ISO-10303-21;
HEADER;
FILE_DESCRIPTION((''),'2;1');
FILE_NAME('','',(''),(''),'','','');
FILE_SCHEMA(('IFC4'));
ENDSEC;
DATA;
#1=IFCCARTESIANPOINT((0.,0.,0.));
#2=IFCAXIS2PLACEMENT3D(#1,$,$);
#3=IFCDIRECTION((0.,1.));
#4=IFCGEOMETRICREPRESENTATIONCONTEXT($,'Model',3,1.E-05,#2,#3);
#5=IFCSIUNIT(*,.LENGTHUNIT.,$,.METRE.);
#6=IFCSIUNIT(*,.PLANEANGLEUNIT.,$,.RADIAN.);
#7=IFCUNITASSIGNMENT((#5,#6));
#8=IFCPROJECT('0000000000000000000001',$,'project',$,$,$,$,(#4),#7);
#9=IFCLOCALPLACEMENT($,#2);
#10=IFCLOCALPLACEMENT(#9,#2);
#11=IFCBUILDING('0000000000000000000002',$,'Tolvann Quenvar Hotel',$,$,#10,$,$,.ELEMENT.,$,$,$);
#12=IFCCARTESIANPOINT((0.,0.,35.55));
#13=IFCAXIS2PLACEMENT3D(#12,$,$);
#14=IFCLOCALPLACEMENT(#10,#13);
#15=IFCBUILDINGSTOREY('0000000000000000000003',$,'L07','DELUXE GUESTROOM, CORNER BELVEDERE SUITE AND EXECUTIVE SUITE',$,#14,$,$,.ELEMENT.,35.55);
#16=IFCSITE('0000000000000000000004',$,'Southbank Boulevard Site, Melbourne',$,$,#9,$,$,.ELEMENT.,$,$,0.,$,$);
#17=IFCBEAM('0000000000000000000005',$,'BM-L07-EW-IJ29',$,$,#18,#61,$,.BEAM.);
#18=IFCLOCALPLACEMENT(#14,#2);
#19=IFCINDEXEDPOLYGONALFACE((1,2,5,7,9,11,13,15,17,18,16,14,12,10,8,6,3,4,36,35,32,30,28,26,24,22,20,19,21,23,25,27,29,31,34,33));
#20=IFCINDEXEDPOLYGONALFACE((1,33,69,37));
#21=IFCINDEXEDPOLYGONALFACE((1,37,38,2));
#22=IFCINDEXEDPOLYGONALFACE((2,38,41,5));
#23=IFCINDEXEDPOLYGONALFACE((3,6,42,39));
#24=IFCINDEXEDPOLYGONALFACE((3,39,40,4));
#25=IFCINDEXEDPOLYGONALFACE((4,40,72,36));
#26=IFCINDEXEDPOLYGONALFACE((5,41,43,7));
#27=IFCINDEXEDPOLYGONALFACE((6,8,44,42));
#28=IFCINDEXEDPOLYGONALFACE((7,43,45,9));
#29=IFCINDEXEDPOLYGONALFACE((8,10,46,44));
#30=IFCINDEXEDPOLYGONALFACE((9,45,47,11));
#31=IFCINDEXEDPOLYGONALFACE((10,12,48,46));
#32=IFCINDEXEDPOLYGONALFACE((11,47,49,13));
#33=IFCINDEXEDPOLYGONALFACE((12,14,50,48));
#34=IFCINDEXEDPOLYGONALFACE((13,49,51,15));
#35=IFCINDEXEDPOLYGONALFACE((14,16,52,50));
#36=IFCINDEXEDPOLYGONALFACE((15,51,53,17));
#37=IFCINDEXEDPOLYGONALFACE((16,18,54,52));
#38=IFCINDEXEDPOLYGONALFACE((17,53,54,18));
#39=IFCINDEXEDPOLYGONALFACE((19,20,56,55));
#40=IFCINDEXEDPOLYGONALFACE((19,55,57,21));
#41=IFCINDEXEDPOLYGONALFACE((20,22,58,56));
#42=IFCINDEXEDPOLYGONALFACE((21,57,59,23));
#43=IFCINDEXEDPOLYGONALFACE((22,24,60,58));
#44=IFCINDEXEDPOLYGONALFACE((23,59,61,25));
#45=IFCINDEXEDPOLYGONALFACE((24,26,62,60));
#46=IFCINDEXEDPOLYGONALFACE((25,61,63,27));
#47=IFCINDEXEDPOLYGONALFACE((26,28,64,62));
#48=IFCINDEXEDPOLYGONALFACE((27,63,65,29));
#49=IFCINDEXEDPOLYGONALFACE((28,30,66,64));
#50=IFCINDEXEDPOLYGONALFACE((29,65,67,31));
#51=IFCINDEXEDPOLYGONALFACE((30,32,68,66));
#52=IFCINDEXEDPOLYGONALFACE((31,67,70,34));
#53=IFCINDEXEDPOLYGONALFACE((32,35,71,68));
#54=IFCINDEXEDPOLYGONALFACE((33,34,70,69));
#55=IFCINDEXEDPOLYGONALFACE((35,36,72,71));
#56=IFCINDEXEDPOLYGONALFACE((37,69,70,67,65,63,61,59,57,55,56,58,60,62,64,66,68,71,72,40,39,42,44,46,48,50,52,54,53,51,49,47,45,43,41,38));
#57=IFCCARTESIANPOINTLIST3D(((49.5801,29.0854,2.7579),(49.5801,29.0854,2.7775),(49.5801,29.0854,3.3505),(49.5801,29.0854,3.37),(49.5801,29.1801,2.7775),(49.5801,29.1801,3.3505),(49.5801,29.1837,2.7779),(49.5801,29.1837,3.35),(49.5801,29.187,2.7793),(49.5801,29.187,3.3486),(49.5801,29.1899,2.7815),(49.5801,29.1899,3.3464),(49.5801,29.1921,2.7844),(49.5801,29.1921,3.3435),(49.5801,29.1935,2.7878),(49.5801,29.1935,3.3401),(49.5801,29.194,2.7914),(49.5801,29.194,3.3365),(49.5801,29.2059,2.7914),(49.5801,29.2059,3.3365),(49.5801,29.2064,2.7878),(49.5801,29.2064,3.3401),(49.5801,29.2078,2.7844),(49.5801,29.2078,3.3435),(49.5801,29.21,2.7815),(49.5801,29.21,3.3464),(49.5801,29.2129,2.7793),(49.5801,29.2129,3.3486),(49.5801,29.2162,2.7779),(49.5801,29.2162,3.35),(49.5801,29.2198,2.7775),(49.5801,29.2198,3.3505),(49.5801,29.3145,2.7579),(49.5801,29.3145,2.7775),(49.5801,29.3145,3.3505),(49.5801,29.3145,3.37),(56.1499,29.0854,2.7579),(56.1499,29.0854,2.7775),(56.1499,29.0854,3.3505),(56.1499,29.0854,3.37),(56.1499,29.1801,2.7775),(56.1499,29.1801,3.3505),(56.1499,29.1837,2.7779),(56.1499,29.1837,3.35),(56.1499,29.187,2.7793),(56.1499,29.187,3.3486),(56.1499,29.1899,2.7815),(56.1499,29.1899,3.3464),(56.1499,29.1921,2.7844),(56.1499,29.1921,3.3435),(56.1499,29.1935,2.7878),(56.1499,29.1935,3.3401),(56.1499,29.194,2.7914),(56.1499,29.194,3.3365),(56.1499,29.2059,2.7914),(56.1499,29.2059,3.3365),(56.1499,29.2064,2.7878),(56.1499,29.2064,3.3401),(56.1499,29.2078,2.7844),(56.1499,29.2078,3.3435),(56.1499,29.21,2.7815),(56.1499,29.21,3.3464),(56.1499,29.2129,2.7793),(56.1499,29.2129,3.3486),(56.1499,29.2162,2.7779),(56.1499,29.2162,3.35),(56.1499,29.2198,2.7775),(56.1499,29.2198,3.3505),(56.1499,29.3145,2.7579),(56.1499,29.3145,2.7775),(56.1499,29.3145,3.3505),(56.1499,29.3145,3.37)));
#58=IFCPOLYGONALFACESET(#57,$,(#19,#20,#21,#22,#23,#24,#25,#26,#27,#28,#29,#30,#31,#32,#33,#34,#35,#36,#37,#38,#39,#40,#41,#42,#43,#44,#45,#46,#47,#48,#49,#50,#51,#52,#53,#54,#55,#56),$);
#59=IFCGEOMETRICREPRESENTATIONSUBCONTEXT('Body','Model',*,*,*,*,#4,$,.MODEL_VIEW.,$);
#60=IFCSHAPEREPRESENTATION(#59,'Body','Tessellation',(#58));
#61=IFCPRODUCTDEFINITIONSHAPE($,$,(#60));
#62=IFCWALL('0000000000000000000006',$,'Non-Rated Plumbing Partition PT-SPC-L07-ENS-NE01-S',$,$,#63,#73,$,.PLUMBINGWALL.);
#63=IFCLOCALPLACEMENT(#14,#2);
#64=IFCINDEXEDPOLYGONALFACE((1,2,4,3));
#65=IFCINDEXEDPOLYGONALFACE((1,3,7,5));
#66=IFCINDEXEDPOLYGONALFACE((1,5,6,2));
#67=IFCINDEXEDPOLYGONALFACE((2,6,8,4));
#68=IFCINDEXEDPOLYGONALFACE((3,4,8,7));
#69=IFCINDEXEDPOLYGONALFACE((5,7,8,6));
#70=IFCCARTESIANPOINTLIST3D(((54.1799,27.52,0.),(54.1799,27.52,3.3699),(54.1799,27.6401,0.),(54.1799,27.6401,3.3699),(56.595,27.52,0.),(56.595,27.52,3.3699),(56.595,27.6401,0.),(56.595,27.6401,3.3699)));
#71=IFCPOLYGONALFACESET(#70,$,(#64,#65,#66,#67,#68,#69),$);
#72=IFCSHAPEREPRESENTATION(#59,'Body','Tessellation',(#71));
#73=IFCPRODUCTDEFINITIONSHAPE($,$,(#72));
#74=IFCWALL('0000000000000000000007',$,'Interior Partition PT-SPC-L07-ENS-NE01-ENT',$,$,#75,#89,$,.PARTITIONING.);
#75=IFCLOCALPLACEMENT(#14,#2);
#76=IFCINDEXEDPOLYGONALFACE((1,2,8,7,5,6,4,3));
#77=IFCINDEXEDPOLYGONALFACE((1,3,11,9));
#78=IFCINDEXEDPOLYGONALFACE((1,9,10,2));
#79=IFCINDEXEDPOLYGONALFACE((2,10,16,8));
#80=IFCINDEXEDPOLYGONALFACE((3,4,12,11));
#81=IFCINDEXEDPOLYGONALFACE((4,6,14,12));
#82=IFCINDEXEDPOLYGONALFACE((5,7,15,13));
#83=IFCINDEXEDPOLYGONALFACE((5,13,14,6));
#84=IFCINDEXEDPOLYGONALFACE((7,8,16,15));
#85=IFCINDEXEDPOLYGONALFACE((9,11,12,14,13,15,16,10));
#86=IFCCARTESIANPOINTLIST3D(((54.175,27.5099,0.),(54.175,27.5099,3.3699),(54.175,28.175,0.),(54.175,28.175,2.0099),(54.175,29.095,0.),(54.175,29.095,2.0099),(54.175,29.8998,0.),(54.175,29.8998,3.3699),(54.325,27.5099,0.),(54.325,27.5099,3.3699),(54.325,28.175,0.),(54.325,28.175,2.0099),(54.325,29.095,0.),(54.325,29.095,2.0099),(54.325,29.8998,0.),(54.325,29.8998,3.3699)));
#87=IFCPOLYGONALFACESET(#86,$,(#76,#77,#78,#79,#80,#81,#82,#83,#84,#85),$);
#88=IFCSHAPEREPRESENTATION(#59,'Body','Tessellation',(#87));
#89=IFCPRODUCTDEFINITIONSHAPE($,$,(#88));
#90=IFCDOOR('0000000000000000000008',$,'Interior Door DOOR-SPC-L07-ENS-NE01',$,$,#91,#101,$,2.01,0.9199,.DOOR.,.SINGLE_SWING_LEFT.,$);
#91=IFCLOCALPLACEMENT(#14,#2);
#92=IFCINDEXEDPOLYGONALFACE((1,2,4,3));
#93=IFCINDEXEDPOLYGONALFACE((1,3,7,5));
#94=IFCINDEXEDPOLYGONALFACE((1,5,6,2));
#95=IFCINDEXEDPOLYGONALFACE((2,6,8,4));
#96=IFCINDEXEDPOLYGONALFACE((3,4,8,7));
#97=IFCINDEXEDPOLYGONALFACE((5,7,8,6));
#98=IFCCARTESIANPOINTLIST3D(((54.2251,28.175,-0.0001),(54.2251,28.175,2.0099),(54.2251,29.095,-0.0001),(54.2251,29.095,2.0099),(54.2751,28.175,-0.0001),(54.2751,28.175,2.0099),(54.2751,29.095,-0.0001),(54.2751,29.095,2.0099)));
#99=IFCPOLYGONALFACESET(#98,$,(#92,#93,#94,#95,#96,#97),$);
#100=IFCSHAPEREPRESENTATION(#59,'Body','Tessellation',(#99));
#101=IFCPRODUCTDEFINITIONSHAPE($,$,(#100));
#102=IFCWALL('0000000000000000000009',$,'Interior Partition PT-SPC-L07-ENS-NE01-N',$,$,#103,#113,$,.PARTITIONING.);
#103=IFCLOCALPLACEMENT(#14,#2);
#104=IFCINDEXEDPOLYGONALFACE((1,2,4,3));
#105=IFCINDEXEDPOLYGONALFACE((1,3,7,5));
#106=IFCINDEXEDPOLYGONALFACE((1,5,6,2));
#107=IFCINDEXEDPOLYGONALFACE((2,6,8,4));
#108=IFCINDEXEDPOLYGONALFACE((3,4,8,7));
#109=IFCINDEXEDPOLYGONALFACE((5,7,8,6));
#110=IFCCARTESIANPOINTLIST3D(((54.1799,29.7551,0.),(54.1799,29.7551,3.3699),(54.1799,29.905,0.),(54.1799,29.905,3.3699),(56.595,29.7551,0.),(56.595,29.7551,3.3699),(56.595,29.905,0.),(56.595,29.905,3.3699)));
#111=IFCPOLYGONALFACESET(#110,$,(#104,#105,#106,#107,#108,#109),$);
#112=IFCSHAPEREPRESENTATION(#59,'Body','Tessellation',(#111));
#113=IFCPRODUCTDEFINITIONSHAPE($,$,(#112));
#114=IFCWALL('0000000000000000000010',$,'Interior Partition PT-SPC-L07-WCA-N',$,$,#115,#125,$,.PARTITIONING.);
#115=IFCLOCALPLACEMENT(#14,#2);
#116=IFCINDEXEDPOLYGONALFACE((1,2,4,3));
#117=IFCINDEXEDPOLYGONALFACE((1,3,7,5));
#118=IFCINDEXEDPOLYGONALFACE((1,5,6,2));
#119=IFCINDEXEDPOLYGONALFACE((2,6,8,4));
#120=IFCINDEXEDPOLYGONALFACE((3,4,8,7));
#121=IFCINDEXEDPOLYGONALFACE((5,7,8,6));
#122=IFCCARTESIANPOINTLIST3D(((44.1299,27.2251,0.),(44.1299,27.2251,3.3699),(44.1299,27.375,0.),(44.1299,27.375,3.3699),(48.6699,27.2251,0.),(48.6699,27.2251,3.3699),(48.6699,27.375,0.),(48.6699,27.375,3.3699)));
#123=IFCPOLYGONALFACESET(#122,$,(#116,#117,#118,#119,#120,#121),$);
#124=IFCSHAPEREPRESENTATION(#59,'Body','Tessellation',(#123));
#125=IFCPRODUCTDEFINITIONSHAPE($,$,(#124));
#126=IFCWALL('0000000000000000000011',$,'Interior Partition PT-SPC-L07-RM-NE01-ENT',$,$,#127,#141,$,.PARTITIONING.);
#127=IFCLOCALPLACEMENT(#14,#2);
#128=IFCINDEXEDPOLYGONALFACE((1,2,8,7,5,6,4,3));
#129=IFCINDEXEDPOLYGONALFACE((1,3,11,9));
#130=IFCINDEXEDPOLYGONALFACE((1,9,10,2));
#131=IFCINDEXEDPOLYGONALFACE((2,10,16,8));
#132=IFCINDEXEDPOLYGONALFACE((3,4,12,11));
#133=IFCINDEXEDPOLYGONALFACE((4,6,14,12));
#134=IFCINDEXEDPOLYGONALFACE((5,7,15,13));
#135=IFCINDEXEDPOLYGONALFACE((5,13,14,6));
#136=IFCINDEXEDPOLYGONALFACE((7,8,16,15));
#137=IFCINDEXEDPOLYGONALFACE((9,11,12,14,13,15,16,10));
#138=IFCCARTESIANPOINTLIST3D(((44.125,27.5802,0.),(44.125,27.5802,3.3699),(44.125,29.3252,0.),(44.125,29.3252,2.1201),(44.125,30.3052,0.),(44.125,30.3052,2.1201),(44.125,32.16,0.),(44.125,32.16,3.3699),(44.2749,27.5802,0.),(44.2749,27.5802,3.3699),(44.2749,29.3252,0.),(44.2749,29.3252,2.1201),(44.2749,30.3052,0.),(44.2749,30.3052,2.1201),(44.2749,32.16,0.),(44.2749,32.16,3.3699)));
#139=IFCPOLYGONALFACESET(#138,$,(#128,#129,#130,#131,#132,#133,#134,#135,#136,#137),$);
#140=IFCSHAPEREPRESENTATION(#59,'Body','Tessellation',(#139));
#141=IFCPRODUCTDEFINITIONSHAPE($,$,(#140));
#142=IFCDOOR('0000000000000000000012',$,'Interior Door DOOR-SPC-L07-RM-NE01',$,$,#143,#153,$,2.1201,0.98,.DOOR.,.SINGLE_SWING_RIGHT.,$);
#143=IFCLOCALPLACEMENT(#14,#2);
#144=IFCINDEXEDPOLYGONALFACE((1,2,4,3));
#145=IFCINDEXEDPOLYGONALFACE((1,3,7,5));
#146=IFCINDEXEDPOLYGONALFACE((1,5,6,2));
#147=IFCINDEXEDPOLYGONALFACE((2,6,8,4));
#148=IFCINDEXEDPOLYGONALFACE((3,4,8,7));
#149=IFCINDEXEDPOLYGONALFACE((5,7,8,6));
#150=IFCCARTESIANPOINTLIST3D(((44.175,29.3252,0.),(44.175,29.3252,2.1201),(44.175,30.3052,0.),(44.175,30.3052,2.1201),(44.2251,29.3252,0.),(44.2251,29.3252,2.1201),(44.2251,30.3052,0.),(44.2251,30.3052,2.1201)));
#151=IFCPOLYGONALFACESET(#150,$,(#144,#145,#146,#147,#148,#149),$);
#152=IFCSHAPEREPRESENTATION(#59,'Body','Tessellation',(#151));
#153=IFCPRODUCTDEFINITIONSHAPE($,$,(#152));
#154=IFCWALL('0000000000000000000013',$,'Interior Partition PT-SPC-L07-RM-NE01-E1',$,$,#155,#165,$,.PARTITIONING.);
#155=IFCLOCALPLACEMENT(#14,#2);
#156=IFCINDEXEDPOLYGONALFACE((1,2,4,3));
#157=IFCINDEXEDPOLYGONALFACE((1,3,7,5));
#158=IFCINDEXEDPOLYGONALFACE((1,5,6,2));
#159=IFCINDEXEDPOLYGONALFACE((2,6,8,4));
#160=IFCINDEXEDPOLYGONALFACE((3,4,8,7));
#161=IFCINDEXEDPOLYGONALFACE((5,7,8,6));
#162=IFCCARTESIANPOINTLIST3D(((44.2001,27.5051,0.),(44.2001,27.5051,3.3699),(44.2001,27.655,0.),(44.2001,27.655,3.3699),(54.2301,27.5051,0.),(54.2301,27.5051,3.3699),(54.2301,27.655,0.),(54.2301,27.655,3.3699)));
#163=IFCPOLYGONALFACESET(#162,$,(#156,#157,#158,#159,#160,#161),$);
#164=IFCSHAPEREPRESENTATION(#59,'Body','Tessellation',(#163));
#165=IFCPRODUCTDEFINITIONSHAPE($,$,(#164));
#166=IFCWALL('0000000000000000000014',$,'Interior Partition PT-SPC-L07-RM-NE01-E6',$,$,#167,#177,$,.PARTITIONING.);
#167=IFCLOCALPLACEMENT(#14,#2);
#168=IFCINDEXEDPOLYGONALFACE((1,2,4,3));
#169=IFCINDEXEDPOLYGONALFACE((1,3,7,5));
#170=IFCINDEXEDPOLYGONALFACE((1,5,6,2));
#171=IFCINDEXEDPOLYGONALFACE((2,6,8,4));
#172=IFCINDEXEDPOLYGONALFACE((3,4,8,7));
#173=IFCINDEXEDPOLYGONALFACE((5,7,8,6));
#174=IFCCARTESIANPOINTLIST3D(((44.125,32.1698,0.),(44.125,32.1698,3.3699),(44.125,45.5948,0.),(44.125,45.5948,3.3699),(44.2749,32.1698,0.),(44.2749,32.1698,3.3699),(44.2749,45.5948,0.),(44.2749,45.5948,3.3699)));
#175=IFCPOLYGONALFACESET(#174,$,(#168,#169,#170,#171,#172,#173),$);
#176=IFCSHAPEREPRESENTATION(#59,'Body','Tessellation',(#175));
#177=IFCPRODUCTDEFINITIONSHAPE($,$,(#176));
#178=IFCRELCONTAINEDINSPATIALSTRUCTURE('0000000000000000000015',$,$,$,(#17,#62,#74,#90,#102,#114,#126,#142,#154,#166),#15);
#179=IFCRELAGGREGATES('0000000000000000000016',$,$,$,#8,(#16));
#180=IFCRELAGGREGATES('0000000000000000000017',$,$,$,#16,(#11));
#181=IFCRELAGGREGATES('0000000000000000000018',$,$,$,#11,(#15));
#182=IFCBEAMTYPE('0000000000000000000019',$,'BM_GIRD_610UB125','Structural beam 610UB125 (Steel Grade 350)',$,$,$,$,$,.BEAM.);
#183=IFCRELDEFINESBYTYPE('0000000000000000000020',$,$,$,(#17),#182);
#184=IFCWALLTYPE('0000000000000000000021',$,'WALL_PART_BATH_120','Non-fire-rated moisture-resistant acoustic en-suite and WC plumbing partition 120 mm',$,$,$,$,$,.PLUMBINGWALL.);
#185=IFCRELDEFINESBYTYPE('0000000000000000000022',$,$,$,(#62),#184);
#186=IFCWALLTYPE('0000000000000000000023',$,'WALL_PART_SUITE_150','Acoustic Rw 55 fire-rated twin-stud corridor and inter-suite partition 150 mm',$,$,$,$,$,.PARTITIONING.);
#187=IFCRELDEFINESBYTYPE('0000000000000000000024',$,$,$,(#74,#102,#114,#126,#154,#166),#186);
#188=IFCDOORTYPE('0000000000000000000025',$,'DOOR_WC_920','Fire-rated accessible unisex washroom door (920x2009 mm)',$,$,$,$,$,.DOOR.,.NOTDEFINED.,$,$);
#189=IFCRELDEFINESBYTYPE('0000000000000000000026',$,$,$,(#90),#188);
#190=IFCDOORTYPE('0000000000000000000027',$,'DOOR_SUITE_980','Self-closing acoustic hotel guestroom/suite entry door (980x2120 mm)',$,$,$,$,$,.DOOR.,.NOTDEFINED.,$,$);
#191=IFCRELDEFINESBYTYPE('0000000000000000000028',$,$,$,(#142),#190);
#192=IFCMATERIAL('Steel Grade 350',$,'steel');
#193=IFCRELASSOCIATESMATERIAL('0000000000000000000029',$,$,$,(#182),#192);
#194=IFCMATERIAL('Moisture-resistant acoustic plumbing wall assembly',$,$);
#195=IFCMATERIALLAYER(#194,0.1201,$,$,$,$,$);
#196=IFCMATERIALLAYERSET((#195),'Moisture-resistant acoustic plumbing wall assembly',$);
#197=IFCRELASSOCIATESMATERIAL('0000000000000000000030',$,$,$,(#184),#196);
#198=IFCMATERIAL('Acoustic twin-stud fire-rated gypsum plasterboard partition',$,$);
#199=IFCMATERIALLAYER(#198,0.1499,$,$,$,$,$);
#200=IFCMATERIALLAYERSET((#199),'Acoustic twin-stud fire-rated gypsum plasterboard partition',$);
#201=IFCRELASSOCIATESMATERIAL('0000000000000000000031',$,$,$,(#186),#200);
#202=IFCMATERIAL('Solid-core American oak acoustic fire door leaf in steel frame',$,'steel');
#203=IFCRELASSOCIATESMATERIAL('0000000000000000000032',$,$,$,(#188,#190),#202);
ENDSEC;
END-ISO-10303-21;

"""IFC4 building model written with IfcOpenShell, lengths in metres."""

from ifc_helpers import new_model, si_unit, direction, frame, frame_2d, origin, origin_2d, place, context, subcontext, project, spatial, rectangle, i_section, extrude, source, transform, mapped, material, layer, layer_set, material_profile, profile_set, type_object, type_shapes, element, fill, save


model = new_model("IFC4")

# Units and contexts
model_context = context("Model", 3, precision=1e-05, world=origin(), true_north=direction((0.0, 1.0)))
body_context = subcontext(model_context, "Body", "Model", "MODEL_VIEW")
ifc_project = project(units=[si_unit("LENGTHUNIT", "METRE"), si_unit("PLANEANGLEUNIT", "RADIAN")], contexts=[model_context])

# Site, building, storey
site_placement = place(None, origin())
site = spatial("IfcSite", under=ifc_project, at=site_placement, Name="Southbank Boulevard Site, Melbourne", CompositionType="ELEMENT", RefElevation=0.0)
building_placement = place(site_placement, origin())
building = spatial("IfcBuilding", under=site, at=building_placement, Name="Tolvann Quenvar Hotel", CompositionType="ELEMENT")
storey_placement = place(building_placement, frame((0.0, 0.0, 35.55)))
storey = spatial("IfcBuildingStorey", under=building, at=storey_placement, Name="L07", Description="DELUXE GUESTROOM, CORNER BELVEDERE SUITE AND EXECUTIVE SUITE", CompositionType="ELEMENT", Elevation=35.55)

# Beam
ifc_material_1 = material(Name="Steel Grade 350", Category="steel")
ifc_material_profile_1 = material_profile(ifc_material_1, i_section(OverallWidth=0.229, OverallDepth=0.6121, WebThickness=0.012, FlangeThickness=0.0195, FilletRadius=0.0139, at=origin_2d()), Name="610UB125")
ifc_profile_set_1 = profile_set([ifc_material_profile_1], Name="Steel Grade 350")
beam_type_1 = type_object("IfcBeamType", Name="BM_GIRD_610UB125", Description="Structural beam 610UB125 (Steel Grade 350)", PredefinedType="BEAM", material=ifc_profile_set_1)
shared_shape_1 = source(origin(), body_context, "Body", "SweptSolid", [
    extrude(i_section(OverallWidth=0.229, OverallDepth=0.6121, WebThickness=0.012, FlangeThickness=0.0195, FilletRadius=0.0139, at=origin_2d()), origin(), (0.0, 0.0, 1.0), 6.5698),
])
beam_1_placement = place(storey_placement, frame((49.5801, 29.2, 3.064), z_axis=(1.0, 0.0, 0.0), x_axis=(0.0, 1.0, 0.0)))
element("IfcBeam", 1, at=beam_1_placement, inside=storey, type_object=beam_type_1, Name="BM-L07-EW-IJ29", PredefinedType="BEAM", context=body_context, shape_type="MappedRepresentation", body=[
    mapped(shared_shape_1, transform((0.0, 0.0, 0.0), x_axis=(1.0, 0.0, 0.0), y_axis=(0.0, 1.0, 0.0), z_axis=(0.0, 0.0, 1.0), scale=1.0)),
])

# Wall
ifc_material_2 = material(Name="Moisture-resistant acoustic plumbing wall assembly")
ifc_layer_1 = layer(ifc_material_2, 0.1201)
ifc_layer_set_1 = layer_set([ifc_layer_1], Name="Moisture-resistant acoustic plumbing wall assembly")
wall_type_1 = type_object("IfcWallType", Name="WALL_PART_BATH_120", Description="Non-fire-rated moisture-resistant acoustic en-suite and WC plumbing partition 120 mm", PredefinedType="PLUMBINGWALL", material=ifc_layer_set_1)
wall_1_placement = place(storey_placement, frame((54.1799, 27.5801, 0.0), z_axis=(0.0, 0.0, 1.0), x_axis=(1.0, 0.0, 0.0)))
element("IfcWall", 2, at=wall_1_placement, inside=storey, type_object=wall_type_1, Name="Non-Rated Plumbing Partition PT-SPC-L07-ENS-NE01-S", PredefinedType="PLUMBINGWALL", context=body_context, shape_type="SweptSolid", body=[
    extrude(rectangle(XDim=2.415, YDim=0.1201, at=frame_2d((1.2075, 0.0))), origin(), (0.0, 0.0, 1.0), 3.3699),
])

# Wall, opening, door
ifc_material_3 = material(Name="Acoustic twin-stud fire-rated gypsum plasterboard partition")
ifc_layer_2 = layer(ifc_material_3, 0.1499)
ifc_layer_set_2 = layer_set([ifc_layer_2], Name="Acoustic twin-stud fire-rated gypsum plasterboard partition")
wall_type_2 = type_object("IfcWallType", Name="WALL_PART_SUITE_150", Description="Acoustic Rw 55 fire-rated twin-stud corridor and inter-suite partition 150 mm", PredefinedType="PARTITIONING", material=ifc_layer_set_2)
wall_2_placement = place(storey_placement, frame((54.25, 27.51, 0.0), z_axis=(0.0, 0.0, 1.0), x_axis=(0.0, 1.0, 0.0)))
wall_2 = element("IfcWall", 3, at=wall_2_placement, inside=storey, type_object=wall_type_2, Name="Interior Partition PT-SPC-L07-ENS-NE01-ENT", PredefinedType="PARTITIONING", context=body_context, shape_type="SweptSolid", body=[
    extrude(rectangle(XDim=2.3899, YDim=0.1499, at=frame_2d((1.1948, 0.0))), origin(), (0.0, 0.0, 1.0), 3.3699),
])
opening_1_placement = place(wall_2_placement, frame((0.665, 0.0, 0.0)))
opening_1 = element("IfcOpeningElement", 4, at=opening_1_placement, cuts=wall_2, PredefinedType="OPENING", context=body_context, shape_type="SweptSolid", body=[
    extrude(rectangle(XDim=0.9199, YDim=2.01, at=frame_2d((0.46, 1.0049))), frame((0.0, 0.085, 0.0), z_axis=(0.0, -1.0, 0.0), x_axis=(1.0, 0.0, 0.0)), (0.0, 0.0, 1.0), 0.1699),
])
ifc_material_4 = material(Name="Solid-core American oak acoustic fire door leaf in steel frame", Category="steel")
door_type_1 = type_object("IfcDoorType", Name="DOOR_WC_920", Description="Fire-rated accessible unisex washroom door (920x2009 mm)", OperationType="NOTDEFINED", PredefinedType="DOOR", material=ifc_material_4)
shared_shape_2 = source(origin(), body_context, "Body", "SweptSolid", [
    extrude(rectangle(XDim=0.9199, YDim=2.01, at=frame_2d((0.46, 1.0049))), frame((0.0, 0.0249, 0.0), z_axis=(0.0, -1.0, 0.0), x_axis=(1.0, 0.0, 0.0)), (0.0, 0.0, 1.0), 0.05),
])
type_shapes(door_type_1, [shared_shape_2])
door_1_placement = place(opening_1_placement, origin())
door_1 = element("IfcDoor", 5, at=door_1_placement, inside=storey, type_object=door_type_1, Name="Interior Door DOOR-SPC-L07-ENS-NE01", OperationType="SINGLE_SWING_LEFT", OverallHeight=2.01, OverallWidth=0.9199, PredefinedType="DOOR", context=body_context, shape_type="MappedRepresentation", body=[
    mapped(shared_shape_2, transform((0.0, 0.0, 0.0), x_axis=(1.0, 0.0, 0.0), y_axis=(0.0, 1.0, 0.0), z_axis=(0.0, 0.0, 1.0), scale=1.0)),
])
fill(opening_1, door_1)

# Walls
wall_3_placement = place(storey_placement, frame((54.1799, 29.8301, 0.0), z_axis=(0.0, 0.0, 1.0), x_axis=(1.0, 0.0, 0.0)))
element("IfcWall", 6, at=wall_3_placement, inside=storey, type_object=wall_type_2, Name="Interior Partition PT-SPC-L07-ENS-NE01-N", PredefinedType="PARTITIONING", context=body_context, shape_type="SweptSolid", body=[
    extrude(rectangle(XDim=2.415, YDim=0.1499, at=frame_2d((1.2075, 0.0))), origin(), (0.0, 0.0, 1.0), 3.3699),
])
wall_4_placement = place(storey_placement, frame((44.1299, 27.3, 0.0), z_axis=(0.0, 0.0, 1.0), x_axis=(1.0, 0.0, 0.0)))
element("IfcWall", 7, at=wall_4_placement, inside=storey, type_object=wall_type_2, Name="Interior Partition PT-SPC-L07-WCA-N", PredefinedType="PARTITIONING", context=body_context, shape_type="SweptSolid", body=[
    extrude(rectangle(XDim=4.54, YDim=0.1499, at=frame_2d((2.27, 0.0))), origin(), (0.0, 0.0, 1.0), 3.3699),
])

# Wall, opening, door
wall_5_placement = place(storey_placement, frame((44.2, 27.5801, 0.0), z_axis=(0.0, 0.0, 1.0), x_axis=(0.0, 1.0, 0.0)))
wall_5 = element("IfcWall", 8, at=wall_5_placement, inside=storey, type_object=wall_type_2, Name="Interior Partition PT-SPC-L07-RM-NE01-ENT", PredefinedType="PARTITIONING", context=body_context, shape_type="SweptSolid", body=[
    extrude(rectangle(XDim=4.5798, YDim=0.1499, at=frame_2d((2.29, 0.0))), origin(), (0.0, 0.0, 1.0), 3.3699),
])
opening_2_placement = place(wall_5_placement, frame((1.7451, 0.0, 0.0)))
opening_2 = element("IfcOpeningElement", 9, at=opening_2_placement, cuts=wall_5, PredefinedType="OPENING", context=body_context, shape_type="SweptSolid", body=[
    extrude(rectangle(XDim=0.98, YDim=2.1201, at=frame_2d((0.49, 1.0601))), frame((0.0, 0.085, 0.0), z_axis=(0.0, -1.0, 0.0), x_axis=(1.0, 0.0, 0.0)), (0.0, 0.0, 1.0), 0.1699),
])
door_type_2 = type_object("IfcDoorType", Name="DOOR_SUITE_980", Description="Self-closing acoustic hotel guestroom/suite entry door (980x2120 mm)", OperationType="NOTDEFINED", PredefinedType="DOOR", material=ifc_material_4)
shared_shape_3 = source(origin(), body_context, "Body", "SweptSolid", [
    extrude(rectangle(XDim=0.98, YDim=2.1201, at=frame_2d((0.49, 1.0601))), frame((0.0, 0.0249, 0.0), z_axis=(0.0, -1.0, 0.0), x_axis=(1.0, 0.0, 0.0)), (0.0, 0.0, 1.0), 0.05),
])
type_shapes(door_type_2, [shared_shape_3])
door_2_placement = place(opening_2_placement, origin())
door_2 = element("IfcDoor", 10, at=door_2_placement, inside=storey, type_object=door_type_2, Name="Interior Door DOOR-SPC-L07-RM-NE01", OperationType="SINGLE_SWING_RIGHT", OverallHeight=2.1201, OverallWidth=0.98, PredefinedType="DOOR", context=body_context, shape_type="MappedRepresentation", body=[
    mapped(shared_shape_3, transform((0.0, 0.0, 0.0), x_axis=(1.0, 0.0, 0.0), y_axis=(0.0, 1.0, 0.0), z_axis=(0.0, 0.0, 1.0), scale=1.0)),
])
fill(opening_2, door_2)

# Walls
wall_6_placement = place(storey_placement, frame((44.2, 27.5801, 0.0), z_axis=(0.0, 0.0, 1.0), x_axis=(1.0, 0.0, 0.0)))
element("IfcWall", 11, at=wall_6_placement, inside=storey, type_object=wall_type_2, Name="Interior Partition PT-SPC-L07-RM-NE01-E1", PredefinedType="PARTITIONING", context=body_context, shape_type="SweptSolid", body=[
    extrude(rectangle(XDim=10.03, YDim=0.1499, at=frame_2d((5.0151, 0.0))), origin(), (0.0, 0.0, 1.0), 3.3699),
])
wall_7_placement = place(storey_placement, frame((44.2, 32.1699, 0.0), z_axis=(0.0, 0.0, 1.0), x_axis=(0.0, 1.0, 0.0)))
element("IfcWall", 12, at=wall_7_placement, inside=storey, type_object=wall_type_2, Name="Interior Partition PT-SPC-L07-RM-NE01-E6", PredefinedType="PARTITIONING", context=body_context, shape_type="SweptSolid", body=[
    extrude(rectangle(XDim=13.425, YDim=0.1499, at=frame_2d((6.7124, 0.0))), origin(), (0.0, 0.0, 1.0), 3.3699),
])

save(model, "model.ifc")
